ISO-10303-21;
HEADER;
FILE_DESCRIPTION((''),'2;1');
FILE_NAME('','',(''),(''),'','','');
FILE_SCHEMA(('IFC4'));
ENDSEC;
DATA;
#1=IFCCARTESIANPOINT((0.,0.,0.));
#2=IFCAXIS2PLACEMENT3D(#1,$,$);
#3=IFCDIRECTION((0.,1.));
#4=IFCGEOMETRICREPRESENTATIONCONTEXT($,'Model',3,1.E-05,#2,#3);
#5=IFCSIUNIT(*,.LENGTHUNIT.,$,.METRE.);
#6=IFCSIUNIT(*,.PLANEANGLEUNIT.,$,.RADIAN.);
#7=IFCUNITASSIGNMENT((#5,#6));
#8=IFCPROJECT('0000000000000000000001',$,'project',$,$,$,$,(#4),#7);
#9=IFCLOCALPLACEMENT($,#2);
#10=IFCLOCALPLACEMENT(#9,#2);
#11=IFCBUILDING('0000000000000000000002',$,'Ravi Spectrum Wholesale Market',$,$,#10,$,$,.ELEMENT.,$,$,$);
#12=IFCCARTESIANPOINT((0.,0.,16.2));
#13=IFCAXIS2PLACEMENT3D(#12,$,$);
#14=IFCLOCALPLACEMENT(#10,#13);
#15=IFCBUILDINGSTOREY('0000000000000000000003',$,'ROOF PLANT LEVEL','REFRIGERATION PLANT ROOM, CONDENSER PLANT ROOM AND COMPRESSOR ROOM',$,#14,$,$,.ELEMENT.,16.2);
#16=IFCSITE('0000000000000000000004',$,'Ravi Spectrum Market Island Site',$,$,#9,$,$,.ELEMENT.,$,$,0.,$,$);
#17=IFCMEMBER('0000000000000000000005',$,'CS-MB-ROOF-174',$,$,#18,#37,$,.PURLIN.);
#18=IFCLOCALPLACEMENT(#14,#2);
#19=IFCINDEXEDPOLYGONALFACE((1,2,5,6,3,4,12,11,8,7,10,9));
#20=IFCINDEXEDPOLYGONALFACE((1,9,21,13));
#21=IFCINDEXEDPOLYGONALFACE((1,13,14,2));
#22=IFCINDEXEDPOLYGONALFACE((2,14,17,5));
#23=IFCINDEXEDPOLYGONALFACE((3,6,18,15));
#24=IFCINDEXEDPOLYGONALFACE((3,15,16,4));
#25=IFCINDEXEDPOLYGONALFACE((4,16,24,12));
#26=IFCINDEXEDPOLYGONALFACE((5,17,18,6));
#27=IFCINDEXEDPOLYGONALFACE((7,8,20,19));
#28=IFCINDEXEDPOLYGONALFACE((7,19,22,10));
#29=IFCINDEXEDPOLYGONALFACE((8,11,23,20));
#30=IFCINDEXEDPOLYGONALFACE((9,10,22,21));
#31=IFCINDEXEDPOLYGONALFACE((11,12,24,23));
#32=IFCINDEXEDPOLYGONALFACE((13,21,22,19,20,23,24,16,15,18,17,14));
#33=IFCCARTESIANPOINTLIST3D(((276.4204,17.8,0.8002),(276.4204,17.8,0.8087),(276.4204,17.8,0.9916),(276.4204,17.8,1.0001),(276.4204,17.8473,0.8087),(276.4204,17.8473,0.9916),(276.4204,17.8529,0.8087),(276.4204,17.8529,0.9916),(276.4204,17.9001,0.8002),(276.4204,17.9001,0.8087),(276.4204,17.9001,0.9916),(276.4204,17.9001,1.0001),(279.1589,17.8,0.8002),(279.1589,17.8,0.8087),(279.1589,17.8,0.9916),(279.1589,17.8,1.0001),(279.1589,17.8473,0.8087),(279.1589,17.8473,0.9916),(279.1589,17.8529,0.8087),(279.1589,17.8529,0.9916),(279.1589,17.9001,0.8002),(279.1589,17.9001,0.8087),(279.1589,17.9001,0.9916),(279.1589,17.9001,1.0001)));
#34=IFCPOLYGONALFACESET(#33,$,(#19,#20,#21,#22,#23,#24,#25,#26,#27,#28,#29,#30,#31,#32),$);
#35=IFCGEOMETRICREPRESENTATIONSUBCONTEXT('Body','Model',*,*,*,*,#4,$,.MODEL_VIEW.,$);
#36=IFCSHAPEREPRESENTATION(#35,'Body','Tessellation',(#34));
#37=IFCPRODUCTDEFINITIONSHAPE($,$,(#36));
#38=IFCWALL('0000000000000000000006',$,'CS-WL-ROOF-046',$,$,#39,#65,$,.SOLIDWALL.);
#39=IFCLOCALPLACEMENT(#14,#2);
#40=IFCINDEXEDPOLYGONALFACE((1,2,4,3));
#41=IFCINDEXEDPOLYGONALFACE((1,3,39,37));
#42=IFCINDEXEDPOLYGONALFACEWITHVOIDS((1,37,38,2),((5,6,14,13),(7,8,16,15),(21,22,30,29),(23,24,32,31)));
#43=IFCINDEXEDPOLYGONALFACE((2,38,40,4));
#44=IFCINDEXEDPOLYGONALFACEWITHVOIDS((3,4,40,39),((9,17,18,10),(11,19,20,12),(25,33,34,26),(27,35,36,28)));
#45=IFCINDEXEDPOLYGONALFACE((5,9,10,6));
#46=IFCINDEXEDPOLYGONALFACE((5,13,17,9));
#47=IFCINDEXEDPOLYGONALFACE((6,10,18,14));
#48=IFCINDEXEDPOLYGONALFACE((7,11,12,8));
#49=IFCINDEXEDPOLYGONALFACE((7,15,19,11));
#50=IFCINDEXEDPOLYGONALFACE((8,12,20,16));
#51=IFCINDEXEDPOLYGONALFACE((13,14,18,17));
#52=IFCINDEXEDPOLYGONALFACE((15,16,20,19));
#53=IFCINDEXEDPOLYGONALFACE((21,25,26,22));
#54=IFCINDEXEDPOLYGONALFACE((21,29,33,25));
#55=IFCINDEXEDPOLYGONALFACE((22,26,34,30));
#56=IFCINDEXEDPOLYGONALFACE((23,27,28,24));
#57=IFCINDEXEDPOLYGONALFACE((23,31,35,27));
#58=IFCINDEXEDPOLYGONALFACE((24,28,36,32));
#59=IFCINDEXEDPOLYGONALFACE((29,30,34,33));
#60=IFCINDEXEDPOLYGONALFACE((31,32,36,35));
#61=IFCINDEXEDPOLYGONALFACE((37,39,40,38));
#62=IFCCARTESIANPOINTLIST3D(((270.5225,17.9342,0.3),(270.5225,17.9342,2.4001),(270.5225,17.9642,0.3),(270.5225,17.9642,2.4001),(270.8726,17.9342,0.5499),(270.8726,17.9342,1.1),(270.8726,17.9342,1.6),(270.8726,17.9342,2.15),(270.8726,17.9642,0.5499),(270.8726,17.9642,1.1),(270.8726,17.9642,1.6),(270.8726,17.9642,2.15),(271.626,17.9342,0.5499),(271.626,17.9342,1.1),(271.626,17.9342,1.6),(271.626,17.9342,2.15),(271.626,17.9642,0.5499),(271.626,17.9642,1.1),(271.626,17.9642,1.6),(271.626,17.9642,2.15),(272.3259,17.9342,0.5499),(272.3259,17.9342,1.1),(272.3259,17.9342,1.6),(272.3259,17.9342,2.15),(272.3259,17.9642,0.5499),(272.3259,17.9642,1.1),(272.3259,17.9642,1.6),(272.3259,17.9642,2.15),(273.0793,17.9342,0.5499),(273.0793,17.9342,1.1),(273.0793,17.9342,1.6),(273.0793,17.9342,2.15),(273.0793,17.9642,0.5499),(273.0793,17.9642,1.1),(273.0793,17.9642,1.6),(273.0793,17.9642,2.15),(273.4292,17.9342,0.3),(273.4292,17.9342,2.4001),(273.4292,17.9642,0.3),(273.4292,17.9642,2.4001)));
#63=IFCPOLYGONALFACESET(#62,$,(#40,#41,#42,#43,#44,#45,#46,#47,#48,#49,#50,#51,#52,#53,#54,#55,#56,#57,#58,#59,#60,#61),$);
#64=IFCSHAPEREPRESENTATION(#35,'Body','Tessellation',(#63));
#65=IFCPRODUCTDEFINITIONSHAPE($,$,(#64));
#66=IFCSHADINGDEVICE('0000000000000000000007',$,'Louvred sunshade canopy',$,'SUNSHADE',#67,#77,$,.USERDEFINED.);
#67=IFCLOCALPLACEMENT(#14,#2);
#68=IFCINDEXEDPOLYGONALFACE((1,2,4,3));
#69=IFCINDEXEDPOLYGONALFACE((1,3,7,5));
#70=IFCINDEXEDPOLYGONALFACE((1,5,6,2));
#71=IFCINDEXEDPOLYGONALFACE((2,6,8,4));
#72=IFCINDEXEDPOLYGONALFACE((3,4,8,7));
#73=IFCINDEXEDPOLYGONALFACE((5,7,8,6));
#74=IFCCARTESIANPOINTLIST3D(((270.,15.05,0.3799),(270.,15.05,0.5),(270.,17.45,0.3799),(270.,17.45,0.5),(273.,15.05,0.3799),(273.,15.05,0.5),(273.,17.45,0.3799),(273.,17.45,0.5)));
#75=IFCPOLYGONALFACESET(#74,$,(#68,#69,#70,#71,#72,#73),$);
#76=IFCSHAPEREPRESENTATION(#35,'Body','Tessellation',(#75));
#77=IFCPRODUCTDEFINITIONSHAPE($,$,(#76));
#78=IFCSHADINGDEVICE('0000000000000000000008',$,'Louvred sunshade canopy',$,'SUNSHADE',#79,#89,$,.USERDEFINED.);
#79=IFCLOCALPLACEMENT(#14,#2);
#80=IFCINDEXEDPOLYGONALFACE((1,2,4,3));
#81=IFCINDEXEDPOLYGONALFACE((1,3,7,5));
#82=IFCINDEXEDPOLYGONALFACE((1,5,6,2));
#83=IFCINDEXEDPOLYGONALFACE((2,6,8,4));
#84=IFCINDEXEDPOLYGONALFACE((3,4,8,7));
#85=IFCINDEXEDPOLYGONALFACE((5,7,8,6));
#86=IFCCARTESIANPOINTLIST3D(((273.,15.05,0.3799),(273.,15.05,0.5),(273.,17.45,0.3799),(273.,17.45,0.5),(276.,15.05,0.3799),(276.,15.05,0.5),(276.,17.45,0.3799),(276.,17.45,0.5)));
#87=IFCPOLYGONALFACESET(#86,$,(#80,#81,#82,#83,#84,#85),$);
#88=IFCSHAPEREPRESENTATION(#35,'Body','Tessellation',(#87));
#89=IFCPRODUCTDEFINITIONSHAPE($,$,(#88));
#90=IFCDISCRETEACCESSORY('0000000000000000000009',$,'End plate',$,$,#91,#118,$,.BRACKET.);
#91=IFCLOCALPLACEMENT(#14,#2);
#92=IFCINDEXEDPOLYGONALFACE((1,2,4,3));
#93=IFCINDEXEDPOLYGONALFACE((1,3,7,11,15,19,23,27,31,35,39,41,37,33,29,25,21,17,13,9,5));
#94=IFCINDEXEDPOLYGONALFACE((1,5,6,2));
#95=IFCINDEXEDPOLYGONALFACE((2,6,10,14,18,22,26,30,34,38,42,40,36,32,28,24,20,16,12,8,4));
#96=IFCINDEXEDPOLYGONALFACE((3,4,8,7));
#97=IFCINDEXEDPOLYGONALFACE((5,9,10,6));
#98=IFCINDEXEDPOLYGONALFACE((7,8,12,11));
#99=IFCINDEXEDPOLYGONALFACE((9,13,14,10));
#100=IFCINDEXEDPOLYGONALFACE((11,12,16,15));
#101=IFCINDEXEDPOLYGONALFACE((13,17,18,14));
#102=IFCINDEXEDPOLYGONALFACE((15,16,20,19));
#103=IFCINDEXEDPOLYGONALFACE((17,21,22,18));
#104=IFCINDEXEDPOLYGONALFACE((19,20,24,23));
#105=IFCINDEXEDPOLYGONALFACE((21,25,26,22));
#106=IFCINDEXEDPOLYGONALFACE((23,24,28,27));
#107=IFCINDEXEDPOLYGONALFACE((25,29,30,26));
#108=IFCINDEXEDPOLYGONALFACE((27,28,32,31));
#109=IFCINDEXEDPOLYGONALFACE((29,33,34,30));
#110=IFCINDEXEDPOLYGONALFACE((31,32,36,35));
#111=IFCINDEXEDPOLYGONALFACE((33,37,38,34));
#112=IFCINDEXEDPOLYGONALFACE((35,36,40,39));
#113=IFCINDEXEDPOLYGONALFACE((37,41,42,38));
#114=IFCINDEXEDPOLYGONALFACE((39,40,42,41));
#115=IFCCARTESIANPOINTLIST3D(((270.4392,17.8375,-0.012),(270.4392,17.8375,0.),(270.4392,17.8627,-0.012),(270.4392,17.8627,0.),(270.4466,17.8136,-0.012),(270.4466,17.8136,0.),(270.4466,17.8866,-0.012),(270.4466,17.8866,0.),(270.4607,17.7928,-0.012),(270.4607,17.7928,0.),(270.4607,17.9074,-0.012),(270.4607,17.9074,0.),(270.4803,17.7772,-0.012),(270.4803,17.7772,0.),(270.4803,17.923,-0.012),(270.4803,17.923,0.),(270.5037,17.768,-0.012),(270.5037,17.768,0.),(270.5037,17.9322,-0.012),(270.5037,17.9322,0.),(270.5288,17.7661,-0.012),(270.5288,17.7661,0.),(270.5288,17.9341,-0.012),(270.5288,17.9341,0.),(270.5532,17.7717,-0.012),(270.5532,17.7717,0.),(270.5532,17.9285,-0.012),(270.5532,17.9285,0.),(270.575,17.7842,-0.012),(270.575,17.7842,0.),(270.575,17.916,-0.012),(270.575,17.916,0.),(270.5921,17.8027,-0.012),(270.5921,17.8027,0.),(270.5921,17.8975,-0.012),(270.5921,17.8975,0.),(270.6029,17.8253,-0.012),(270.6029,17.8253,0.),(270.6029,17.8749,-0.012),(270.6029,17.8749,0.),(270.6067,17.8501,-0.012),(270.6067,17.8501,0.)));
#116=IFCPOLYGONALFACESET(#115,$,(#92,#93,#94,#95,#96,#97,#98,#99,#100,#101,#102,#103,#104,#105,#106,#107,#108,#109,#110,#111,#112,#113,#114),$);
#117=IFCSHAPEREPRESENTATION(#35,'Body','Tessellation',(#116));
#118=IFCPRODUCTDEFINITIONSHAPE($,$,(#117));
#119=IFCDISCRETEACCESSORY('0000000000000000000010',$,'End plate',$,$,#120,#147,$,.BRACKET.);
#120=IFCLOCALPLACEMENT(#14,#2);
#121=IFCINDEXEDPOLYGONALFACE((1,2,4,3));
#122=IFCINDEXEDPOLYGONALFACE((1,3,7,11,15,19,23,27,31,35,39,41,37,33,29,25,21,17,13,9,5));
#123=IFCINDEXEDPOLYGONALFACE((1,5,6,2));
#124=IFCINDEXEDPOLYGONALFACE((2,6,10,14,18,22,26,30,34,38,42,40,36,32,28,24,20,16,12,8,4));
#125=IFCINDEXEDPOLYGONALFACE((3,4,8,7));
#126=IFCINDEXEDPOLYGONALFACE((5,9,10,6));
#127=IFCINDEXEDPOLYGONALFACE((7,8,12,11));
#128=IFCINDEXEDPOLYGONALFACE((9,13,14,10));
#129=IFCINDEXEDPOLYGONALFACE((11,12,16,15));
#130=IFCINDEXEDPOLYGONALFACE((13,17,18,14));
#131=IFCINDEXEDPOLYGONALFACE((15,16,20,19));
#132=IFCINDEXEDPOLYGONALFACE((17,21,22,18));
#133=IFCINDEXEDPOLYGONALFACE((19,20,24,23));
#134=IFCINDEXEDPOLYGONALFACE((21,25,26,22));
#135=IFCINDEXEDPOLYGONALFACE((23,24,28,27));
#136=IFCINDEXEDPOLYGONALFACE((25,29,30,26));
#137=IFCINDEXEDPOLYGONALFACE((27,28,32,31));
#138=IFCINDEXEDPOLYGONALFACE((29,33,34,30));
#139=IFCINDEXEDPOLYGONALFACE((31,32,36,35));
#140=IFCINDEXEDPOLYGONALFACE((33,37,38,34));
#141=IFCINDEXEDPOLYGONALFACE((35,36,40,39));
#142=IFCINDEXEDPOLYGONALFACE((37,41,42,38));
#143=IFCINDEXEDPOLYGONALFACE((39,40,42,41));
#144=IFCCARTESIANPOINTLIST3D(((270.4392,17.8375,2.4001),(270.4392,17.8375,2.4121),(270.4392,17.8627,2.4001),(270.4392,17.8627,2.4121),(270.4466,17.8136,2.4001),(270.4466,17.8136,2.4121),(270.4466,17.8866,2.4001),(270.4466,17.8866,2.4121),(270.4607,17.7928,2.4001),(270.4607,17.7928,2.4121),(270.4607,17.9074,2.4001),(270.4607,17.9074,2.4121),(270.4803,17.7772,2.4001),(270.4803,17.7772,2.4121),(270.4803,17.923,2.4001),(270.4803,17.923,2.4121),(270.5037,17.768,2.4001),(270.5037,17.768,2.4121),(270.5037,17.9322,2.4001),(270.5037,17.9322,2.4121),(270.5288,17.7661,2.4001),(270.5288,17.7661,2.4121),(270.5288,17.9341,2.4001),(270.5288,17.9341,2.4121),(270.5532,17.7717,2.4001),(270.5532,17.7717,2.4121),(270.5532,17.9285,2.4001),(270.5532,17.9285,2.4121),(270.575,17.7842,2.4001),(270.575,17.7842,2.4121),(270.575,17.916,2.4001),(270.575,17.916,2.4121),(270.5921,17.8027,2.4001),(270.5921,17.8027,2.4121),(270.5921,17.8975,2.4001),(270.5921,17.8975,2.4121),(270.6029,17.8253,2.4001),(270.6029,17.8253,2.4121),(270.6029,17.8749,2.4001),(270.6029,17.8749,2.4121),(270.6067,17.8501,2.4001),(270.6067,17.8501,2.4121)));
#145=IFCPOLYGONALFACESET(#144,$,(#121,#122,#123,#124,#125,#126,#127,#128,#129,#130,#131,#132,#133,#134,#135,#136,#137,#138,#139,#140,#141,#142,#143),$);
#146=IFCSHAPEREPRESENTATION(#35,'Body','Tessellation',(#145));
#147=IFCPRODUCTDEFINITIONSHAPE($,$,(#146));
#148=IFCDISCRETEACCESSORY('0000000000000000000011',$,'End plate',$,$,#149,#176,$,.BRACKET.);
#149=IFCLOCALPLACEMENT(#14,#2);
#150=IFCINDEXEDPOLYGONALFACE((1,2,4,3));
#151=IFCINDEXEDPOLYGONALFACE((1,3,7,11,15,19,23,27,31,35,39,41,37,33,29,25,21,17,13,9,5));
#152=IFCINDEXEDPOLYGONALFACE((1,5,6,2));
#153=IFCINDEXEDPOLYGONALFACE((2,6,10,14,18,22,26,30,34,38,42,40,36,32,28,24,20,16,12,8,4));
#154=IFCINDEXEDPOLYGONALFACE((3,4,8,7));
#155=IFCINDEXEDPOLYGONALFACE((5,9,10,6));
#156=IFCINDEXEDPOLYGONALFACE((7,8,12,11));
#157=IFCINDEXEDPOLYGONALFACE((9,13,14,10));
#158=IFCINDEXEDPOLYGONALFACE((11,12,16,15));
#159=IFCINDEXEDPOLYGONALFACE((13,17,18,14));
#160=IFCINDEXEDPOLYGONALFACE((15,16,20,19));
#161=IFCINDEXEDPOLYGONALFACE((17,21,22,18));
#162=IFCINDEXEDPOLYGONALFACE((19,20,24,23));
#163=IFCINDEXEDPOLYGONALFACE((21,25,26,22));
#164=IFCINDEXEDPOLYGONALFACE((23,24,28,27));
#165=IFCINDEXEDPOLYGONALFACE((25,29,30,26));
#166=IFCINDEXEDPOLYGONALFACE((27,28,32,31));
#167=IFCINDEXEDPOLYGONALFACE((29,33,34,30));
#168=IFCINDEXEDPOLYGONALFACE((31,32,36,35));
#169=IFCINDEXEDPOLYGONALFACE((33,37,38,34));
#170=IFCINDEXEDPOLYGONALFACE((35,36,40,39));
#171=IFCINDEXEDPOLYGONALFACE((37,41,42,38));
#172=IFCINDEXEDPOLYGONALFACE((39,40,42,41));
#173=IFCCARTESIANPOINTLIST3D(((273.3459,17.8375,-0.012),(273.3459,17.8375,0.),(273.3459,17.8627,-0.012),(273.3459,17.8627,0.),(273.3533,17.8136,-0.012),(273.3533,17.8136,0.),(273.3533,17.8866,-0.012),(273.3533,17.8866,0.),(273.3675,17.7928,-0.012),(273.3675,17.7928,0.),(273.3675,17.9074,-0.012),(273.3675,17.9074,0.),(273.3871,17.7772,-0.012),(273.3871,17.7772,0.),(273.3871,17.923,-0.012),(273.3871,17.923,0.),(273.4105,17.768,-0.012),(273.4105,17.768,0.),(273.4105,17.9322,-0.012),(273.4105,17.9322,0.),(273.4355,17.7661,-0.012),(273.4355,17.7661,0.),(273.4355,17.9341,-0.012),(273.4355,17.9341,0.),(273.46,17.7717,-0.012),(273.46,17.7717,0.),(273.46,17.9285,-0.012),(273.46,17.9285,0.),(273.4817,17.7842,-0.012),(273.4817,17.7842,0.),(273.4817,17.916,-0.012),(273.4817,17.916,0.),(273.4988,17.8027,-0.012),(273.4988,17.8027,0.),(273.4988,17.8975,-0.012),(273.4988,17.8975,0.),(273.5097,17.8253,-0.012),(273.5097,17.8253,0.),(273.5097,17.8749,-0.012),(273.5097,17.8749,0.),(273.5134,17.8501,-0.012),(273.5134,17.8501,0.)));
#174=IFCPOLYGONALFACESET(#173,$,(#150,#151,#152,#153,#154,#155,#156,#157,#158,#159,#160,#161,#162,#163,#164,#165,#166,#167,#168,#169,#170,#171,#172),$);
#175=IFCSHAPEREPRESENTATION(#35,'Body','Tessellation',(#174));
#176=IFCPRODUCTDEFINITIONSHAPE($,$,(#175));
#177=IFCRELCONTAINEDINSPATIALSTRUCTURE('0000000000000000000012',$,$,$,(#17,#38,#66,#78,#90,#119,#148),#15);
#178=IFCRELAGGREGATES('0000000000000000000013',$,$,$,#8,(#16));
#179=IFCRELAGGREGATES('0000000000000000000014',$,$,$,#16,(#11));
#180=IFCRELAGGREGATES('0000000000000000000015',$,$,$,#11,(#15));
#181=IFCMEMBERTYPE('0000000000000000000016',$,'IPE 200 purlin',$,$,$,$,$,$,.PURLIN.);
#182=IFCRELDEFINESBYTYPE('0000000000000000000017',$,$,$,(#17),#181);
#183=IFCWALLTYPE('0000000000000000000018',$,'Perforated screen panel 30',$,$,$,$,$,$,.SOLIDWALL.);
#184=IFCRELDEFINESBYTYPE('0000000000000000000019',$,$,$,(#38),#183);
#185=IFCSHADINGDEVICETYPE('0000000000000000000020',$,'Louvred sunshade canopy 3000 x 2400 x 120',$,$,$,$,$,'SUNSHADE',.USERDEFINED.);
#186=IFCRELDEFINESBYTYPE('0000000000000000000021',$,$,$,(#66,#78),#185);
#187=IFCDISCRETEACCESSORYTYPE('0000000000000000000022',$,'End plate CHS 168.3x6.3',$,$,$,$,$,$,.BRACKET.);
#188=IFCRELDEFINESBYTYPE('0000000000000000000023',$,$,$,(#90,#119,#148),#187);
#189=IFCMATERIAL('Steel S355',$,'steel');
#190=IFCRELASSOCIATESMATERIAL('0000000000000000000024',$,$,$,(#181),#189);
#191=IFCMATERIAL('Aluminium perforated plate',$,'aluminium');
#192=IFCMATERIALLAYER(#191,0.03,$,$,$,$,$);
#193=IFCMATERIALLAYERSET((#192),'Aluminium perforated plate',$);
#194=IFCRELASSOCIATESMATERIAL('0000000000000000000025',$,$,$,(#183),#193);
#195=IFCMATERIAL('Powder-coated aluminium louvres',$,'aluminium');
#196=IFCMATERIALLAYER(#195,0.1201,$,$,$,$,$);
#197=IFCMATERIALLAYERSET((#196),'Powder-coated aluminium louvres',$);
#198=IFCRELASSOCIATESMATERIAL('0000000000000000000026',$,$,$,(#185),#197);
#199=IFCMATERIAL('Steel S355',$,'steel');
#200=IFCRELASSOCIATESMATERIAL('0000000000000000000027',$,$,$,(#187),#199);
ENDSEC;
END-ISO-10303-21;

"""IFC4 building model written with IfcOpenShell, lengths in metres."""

from ifc_helpers import new_model, si_unit, direction, frame, frame_2d, origin, origin_2d, place, context, subcontext, project, spatial, rectangle, circle, i_section, extrude, material, layer, layer_set, material_profile, profile_set, type_object, element, save


model = new_model("IFC4")

# Units and contexts
model_context = context("Model", 3, precision=1e-05, world=origin(), true_north=direction((0.0, 1.0)))
body_context = subcontext(model_context, "Body", "Model", "MODEL_VIEW")
ifc_project = project(units=[si_unit("LENGTHUNIT", "METRE"), si_unit("PLANEANGLEUNIT", "RADIAN")], contexts=[model_context])

# Site, building, storey
site_placement = place(None, origin())
site = spatial("IfcSite", under=ifc_project, at=site_placement, Name="Ravi Spectrum Market Island Site", CompositionType="ELEMENT", RefElevation=0.0)
building_placement = place(site_placement, origin())
building = spatial("IfcBuilding", under=site, at=building_placement, Name="Ravi Spectrum Wholesale Market", CompositionType="ELEMENT")
storey_placement = place(building_placement, frame((0.0, 0.0, 16.2)))
storey = spatial("IfcBuildingStorey", under=building, at=storey_placement, Name="ROOF PLANT LEVEL", Description="REFRIGERATION PLANT ROOM, CONDENSER PLANT ROOM AND COMPRESSOR ROOM", CompositionType="ELEMENT", Elevation=16.2)

# Member
ifc_material_1 = material(Name="Steel S355", Category="steel")
ifc_material_profile_1 = material_profile(ifc_material_1, i_section(OverallWidth=0.1001, OverallDepth=0.2, WebThickness=0.0056, FlangeThickness=0.0085, at=origin_2d()))
ifc_profile_set_1 = profile_set([ifc_material_profile_1], Name="Steel S355")
member_type_1 = type_object("IfcMemberType", Name="IPE 200 purlin", PredefinedType="PURLIN", material=ifc_profile_set_1)
for number, where, z_axis, x_axis, name in (
    (1, (276.4204, 17.8501, 0.9001), (1.0, 0.0, 0.0), (0.0, 1.0, 0.0), "CS-MB-ROOF-174"),
):
    element("IfcMember", number, at=place(storey_placement, frame(where, z_axis=z_axis, x_axis=x_axis)), inside=storey, type_object=member_type_1, Name=name, PredefinedType="PURLIN", context=body_context, shape_type="SweptSolid", body=[
        extrude(i_section(OverallWidth=0.1001, OverallDepth=0.2, WebThickness=0.0056, FlangeThickness=0.0085, at=origin_2d()), origin(), (0.0, 0.0, 1.0), 2.7385),
    ])

# Wall, openings
ifc_material_2 = material(Name="Aluminium perforated plate", Category="aluminium")
ifc_layer_1 = layer(ifc_material_2, 0.03)
ifc_layer_set_1 = layer_set([ifc_layer_1], Name="Aluminium perforated plate")
wall_type = type_object("IfcWallType", Name="Perforated screen panel 30", PredefinedType="SOLIDWALL", material=ifc_layer_set_1)
wall_placement = place(storey_placement, frame((270.5225, 17.9492, 0.3), z_axis=(0.0, 0.0, 1.0), x_axis=(1.0, 0.0, 0.0)))
wall = element("IfcWall", 2, at=wall_placement, inside=storey, type_object=wall_type, Name="CS-WL-ROOF-046", PredefinedType="SOLIDWALL", context=body_context, shape_type="SweptSolid", body=[
    extrude(rectangle(XDim=2.9067, YDim=0.03, at=frame_2d((1.4534, 0.0))), origin(), (0.0, 0.0, 1.0), 2.1001),
])
opening_1_placement = place(wall_placement, frame((0.3501, 0.0, 0.25)))
element("IfcOpeningElement", 3, at=opening_1_placement, cuts=wall, PredefinedType="OPENING", context=body_context, shape_type="SweptSolid", body=[
    extrude(rectangle(XDim=0.7534, YDim=0.55, at=frame_2d((0.3767, 0.2749))), frame((0.0, 0.0249, 0.0), z_axis=(0.0, -1.0, 0.0), x_axis=(1.0, 0.0, 0.0)), (0.0, 0.0, 1.0), 0.05),
])
opening_2_placement = place(wall_placement, frame((0.3501, 0.0, 1.3)))
element("IfcOpeningElement", 4, at=opening_2_placement, cuts=wall, PredefinedType="OPENING", context=body_context, shape_type="SweptSolid", body=[
    extrude(rectangle(XDim=0.7534, YDim=0.55, at=frame_2d((0.3767, 0.2749))), frame((0.0, 0.0249, 0.0), z_axis=(0.0, -1.0, 0.0), x_axis=(1.0, 0.0, 0.0)), (0.0, 0.0, 1.0), 0.05),
])
opening_3_placement = place(wall_placement, frame((1.8035, 0.0, 0.25)))
element("IfcOpeningElement", 5, at=opening_3_placement, cuts=wall, PredefinedType="OPENING", context=body_context, shape_type="SweptSolid", body=[
    extrude(rectangle(XDim=0.7534, YDim=0.55, at=frame_2d((0.3767, 0.2749))), frame((0.0, 0.0249, 0.0), z_axis=(0.0, -1.0, 0.0), x_axis=(1.0, 0.0, 0.0)), (0.0, 0.0, 1.0), 0.05),
])
opening_4_placement = place(wall_placement, frame((1.8035, 0.0, 1.3)))
element("IfcOpeningElement", 6, at=opening_4_placement, cuts=wall, PredefinedType="OPENING", context=body_context, shape_type="SweptSolid", body=[
    extrude(rectangle(XDim=0.7534, YDim=0.55, at=frame_2d((0.3767, 0.2749))), frame((0.0, 0.0249, 0.0), z_axis=(0.0, -1.0, 0.0), x_axis=(1.0, 0.0, 0.0)), (0.0, 0.0, 1.0), 0.05),
])

# Shading devices
ifc_material_3 = material(Name="Powder-coated aluminium louvres", Category="aluminium")
ifc_layer_2 = layer(ifc_material_3, 0.1201)
ifc_layer_set_2 = layer_set([ifc_layer_2], Name="Powder-coated aluminium louvres")
shading_device_type = type_object("IfcShadingDeviceType", Name="Louvred sunshade canopy 3000 x 2400 x 120", ElementType="SUNSHADE", PredefinedType="USERDEFINED", material=ifc_layer_set_2)
for number, where, z_axis, x_axis, name in (
    (7, (271.5, 16.25, 0.3799), (0.0, 0.0, 1.0), (1.0, 0.0, 0.0), "Louvred sunshade canopy"),
    (8, (274.5, 16.25, 0.3799), (0.0, 0.0, 1.0), (1.0, 0.0, 0.0), "Louvred sunshade canopy"),
):
    element("IfcShadingDevice", number, at=place(storey_placement, frame(where, z_axis=z_axis, x_axis=x_axis)), inside=storey, type_object=shading_device_type, Name=name, ObjectType="SUNSHADE", PredefinedType="USERDEFINED", context=body_context, shape_type="SweptSolid", body=[
        extrude(rectangle(XDim=3.0, YDim=2.3999, at=origin_2d()), origin(), (0.0, 0.0, 1.0), 0.1201),
    ])

# Discrete accessories
ifc_material_4 = material(Name="Steel S355", Category="steel")
ifc_material_profile_2 = material_profile(ifc_material_4, circle(Radius=0.0842, at=origin_2d()))
ifc_profile_set_2 = profile_set([ifc_material_profile_2], Name="Steel S355")
discrete_accessory_type_1 = type_object("IfcDiscreteAccessoryType", Name="End plate CHS 168.3x6.3", PredefinedType="BRACKET", material=ifc_profile_set_2)
for number, where, z_axis, x_axis, name in (
    (9, (270.5225, 17.8501, 0.0), (0.0, 0.0, -1.0), (1.0, 0.0, 0.0), "End plate"),
    (10, (270.5225, 17.8501, 2.4001), (0.0, 0.0, 1.0), (1.0, 0.0, 0.0), "End plate"),
    (11, (273.4292, 17.8501, 0.0), (0.0, 0.0, -1.0), (1.0, 0.0, 0.0), "End plate"),
):
    element("IfcDiscreteAccessory", number, at=place(storey_placement, frame(where, z_axis=z_axis, x_axis=x_axis)), inside=storey, type_object=discrete_accessory_type_1, Name=name, PredefinedType="BRACKET", context=body_context, shape_type="SweptSolid", body=[
        extrude(circle(Radius=0.0842, at=origin_2d()), origin(), (0.0, 0.0, 1.0), 0.012),
    ])

save(model, "model.ifc")
